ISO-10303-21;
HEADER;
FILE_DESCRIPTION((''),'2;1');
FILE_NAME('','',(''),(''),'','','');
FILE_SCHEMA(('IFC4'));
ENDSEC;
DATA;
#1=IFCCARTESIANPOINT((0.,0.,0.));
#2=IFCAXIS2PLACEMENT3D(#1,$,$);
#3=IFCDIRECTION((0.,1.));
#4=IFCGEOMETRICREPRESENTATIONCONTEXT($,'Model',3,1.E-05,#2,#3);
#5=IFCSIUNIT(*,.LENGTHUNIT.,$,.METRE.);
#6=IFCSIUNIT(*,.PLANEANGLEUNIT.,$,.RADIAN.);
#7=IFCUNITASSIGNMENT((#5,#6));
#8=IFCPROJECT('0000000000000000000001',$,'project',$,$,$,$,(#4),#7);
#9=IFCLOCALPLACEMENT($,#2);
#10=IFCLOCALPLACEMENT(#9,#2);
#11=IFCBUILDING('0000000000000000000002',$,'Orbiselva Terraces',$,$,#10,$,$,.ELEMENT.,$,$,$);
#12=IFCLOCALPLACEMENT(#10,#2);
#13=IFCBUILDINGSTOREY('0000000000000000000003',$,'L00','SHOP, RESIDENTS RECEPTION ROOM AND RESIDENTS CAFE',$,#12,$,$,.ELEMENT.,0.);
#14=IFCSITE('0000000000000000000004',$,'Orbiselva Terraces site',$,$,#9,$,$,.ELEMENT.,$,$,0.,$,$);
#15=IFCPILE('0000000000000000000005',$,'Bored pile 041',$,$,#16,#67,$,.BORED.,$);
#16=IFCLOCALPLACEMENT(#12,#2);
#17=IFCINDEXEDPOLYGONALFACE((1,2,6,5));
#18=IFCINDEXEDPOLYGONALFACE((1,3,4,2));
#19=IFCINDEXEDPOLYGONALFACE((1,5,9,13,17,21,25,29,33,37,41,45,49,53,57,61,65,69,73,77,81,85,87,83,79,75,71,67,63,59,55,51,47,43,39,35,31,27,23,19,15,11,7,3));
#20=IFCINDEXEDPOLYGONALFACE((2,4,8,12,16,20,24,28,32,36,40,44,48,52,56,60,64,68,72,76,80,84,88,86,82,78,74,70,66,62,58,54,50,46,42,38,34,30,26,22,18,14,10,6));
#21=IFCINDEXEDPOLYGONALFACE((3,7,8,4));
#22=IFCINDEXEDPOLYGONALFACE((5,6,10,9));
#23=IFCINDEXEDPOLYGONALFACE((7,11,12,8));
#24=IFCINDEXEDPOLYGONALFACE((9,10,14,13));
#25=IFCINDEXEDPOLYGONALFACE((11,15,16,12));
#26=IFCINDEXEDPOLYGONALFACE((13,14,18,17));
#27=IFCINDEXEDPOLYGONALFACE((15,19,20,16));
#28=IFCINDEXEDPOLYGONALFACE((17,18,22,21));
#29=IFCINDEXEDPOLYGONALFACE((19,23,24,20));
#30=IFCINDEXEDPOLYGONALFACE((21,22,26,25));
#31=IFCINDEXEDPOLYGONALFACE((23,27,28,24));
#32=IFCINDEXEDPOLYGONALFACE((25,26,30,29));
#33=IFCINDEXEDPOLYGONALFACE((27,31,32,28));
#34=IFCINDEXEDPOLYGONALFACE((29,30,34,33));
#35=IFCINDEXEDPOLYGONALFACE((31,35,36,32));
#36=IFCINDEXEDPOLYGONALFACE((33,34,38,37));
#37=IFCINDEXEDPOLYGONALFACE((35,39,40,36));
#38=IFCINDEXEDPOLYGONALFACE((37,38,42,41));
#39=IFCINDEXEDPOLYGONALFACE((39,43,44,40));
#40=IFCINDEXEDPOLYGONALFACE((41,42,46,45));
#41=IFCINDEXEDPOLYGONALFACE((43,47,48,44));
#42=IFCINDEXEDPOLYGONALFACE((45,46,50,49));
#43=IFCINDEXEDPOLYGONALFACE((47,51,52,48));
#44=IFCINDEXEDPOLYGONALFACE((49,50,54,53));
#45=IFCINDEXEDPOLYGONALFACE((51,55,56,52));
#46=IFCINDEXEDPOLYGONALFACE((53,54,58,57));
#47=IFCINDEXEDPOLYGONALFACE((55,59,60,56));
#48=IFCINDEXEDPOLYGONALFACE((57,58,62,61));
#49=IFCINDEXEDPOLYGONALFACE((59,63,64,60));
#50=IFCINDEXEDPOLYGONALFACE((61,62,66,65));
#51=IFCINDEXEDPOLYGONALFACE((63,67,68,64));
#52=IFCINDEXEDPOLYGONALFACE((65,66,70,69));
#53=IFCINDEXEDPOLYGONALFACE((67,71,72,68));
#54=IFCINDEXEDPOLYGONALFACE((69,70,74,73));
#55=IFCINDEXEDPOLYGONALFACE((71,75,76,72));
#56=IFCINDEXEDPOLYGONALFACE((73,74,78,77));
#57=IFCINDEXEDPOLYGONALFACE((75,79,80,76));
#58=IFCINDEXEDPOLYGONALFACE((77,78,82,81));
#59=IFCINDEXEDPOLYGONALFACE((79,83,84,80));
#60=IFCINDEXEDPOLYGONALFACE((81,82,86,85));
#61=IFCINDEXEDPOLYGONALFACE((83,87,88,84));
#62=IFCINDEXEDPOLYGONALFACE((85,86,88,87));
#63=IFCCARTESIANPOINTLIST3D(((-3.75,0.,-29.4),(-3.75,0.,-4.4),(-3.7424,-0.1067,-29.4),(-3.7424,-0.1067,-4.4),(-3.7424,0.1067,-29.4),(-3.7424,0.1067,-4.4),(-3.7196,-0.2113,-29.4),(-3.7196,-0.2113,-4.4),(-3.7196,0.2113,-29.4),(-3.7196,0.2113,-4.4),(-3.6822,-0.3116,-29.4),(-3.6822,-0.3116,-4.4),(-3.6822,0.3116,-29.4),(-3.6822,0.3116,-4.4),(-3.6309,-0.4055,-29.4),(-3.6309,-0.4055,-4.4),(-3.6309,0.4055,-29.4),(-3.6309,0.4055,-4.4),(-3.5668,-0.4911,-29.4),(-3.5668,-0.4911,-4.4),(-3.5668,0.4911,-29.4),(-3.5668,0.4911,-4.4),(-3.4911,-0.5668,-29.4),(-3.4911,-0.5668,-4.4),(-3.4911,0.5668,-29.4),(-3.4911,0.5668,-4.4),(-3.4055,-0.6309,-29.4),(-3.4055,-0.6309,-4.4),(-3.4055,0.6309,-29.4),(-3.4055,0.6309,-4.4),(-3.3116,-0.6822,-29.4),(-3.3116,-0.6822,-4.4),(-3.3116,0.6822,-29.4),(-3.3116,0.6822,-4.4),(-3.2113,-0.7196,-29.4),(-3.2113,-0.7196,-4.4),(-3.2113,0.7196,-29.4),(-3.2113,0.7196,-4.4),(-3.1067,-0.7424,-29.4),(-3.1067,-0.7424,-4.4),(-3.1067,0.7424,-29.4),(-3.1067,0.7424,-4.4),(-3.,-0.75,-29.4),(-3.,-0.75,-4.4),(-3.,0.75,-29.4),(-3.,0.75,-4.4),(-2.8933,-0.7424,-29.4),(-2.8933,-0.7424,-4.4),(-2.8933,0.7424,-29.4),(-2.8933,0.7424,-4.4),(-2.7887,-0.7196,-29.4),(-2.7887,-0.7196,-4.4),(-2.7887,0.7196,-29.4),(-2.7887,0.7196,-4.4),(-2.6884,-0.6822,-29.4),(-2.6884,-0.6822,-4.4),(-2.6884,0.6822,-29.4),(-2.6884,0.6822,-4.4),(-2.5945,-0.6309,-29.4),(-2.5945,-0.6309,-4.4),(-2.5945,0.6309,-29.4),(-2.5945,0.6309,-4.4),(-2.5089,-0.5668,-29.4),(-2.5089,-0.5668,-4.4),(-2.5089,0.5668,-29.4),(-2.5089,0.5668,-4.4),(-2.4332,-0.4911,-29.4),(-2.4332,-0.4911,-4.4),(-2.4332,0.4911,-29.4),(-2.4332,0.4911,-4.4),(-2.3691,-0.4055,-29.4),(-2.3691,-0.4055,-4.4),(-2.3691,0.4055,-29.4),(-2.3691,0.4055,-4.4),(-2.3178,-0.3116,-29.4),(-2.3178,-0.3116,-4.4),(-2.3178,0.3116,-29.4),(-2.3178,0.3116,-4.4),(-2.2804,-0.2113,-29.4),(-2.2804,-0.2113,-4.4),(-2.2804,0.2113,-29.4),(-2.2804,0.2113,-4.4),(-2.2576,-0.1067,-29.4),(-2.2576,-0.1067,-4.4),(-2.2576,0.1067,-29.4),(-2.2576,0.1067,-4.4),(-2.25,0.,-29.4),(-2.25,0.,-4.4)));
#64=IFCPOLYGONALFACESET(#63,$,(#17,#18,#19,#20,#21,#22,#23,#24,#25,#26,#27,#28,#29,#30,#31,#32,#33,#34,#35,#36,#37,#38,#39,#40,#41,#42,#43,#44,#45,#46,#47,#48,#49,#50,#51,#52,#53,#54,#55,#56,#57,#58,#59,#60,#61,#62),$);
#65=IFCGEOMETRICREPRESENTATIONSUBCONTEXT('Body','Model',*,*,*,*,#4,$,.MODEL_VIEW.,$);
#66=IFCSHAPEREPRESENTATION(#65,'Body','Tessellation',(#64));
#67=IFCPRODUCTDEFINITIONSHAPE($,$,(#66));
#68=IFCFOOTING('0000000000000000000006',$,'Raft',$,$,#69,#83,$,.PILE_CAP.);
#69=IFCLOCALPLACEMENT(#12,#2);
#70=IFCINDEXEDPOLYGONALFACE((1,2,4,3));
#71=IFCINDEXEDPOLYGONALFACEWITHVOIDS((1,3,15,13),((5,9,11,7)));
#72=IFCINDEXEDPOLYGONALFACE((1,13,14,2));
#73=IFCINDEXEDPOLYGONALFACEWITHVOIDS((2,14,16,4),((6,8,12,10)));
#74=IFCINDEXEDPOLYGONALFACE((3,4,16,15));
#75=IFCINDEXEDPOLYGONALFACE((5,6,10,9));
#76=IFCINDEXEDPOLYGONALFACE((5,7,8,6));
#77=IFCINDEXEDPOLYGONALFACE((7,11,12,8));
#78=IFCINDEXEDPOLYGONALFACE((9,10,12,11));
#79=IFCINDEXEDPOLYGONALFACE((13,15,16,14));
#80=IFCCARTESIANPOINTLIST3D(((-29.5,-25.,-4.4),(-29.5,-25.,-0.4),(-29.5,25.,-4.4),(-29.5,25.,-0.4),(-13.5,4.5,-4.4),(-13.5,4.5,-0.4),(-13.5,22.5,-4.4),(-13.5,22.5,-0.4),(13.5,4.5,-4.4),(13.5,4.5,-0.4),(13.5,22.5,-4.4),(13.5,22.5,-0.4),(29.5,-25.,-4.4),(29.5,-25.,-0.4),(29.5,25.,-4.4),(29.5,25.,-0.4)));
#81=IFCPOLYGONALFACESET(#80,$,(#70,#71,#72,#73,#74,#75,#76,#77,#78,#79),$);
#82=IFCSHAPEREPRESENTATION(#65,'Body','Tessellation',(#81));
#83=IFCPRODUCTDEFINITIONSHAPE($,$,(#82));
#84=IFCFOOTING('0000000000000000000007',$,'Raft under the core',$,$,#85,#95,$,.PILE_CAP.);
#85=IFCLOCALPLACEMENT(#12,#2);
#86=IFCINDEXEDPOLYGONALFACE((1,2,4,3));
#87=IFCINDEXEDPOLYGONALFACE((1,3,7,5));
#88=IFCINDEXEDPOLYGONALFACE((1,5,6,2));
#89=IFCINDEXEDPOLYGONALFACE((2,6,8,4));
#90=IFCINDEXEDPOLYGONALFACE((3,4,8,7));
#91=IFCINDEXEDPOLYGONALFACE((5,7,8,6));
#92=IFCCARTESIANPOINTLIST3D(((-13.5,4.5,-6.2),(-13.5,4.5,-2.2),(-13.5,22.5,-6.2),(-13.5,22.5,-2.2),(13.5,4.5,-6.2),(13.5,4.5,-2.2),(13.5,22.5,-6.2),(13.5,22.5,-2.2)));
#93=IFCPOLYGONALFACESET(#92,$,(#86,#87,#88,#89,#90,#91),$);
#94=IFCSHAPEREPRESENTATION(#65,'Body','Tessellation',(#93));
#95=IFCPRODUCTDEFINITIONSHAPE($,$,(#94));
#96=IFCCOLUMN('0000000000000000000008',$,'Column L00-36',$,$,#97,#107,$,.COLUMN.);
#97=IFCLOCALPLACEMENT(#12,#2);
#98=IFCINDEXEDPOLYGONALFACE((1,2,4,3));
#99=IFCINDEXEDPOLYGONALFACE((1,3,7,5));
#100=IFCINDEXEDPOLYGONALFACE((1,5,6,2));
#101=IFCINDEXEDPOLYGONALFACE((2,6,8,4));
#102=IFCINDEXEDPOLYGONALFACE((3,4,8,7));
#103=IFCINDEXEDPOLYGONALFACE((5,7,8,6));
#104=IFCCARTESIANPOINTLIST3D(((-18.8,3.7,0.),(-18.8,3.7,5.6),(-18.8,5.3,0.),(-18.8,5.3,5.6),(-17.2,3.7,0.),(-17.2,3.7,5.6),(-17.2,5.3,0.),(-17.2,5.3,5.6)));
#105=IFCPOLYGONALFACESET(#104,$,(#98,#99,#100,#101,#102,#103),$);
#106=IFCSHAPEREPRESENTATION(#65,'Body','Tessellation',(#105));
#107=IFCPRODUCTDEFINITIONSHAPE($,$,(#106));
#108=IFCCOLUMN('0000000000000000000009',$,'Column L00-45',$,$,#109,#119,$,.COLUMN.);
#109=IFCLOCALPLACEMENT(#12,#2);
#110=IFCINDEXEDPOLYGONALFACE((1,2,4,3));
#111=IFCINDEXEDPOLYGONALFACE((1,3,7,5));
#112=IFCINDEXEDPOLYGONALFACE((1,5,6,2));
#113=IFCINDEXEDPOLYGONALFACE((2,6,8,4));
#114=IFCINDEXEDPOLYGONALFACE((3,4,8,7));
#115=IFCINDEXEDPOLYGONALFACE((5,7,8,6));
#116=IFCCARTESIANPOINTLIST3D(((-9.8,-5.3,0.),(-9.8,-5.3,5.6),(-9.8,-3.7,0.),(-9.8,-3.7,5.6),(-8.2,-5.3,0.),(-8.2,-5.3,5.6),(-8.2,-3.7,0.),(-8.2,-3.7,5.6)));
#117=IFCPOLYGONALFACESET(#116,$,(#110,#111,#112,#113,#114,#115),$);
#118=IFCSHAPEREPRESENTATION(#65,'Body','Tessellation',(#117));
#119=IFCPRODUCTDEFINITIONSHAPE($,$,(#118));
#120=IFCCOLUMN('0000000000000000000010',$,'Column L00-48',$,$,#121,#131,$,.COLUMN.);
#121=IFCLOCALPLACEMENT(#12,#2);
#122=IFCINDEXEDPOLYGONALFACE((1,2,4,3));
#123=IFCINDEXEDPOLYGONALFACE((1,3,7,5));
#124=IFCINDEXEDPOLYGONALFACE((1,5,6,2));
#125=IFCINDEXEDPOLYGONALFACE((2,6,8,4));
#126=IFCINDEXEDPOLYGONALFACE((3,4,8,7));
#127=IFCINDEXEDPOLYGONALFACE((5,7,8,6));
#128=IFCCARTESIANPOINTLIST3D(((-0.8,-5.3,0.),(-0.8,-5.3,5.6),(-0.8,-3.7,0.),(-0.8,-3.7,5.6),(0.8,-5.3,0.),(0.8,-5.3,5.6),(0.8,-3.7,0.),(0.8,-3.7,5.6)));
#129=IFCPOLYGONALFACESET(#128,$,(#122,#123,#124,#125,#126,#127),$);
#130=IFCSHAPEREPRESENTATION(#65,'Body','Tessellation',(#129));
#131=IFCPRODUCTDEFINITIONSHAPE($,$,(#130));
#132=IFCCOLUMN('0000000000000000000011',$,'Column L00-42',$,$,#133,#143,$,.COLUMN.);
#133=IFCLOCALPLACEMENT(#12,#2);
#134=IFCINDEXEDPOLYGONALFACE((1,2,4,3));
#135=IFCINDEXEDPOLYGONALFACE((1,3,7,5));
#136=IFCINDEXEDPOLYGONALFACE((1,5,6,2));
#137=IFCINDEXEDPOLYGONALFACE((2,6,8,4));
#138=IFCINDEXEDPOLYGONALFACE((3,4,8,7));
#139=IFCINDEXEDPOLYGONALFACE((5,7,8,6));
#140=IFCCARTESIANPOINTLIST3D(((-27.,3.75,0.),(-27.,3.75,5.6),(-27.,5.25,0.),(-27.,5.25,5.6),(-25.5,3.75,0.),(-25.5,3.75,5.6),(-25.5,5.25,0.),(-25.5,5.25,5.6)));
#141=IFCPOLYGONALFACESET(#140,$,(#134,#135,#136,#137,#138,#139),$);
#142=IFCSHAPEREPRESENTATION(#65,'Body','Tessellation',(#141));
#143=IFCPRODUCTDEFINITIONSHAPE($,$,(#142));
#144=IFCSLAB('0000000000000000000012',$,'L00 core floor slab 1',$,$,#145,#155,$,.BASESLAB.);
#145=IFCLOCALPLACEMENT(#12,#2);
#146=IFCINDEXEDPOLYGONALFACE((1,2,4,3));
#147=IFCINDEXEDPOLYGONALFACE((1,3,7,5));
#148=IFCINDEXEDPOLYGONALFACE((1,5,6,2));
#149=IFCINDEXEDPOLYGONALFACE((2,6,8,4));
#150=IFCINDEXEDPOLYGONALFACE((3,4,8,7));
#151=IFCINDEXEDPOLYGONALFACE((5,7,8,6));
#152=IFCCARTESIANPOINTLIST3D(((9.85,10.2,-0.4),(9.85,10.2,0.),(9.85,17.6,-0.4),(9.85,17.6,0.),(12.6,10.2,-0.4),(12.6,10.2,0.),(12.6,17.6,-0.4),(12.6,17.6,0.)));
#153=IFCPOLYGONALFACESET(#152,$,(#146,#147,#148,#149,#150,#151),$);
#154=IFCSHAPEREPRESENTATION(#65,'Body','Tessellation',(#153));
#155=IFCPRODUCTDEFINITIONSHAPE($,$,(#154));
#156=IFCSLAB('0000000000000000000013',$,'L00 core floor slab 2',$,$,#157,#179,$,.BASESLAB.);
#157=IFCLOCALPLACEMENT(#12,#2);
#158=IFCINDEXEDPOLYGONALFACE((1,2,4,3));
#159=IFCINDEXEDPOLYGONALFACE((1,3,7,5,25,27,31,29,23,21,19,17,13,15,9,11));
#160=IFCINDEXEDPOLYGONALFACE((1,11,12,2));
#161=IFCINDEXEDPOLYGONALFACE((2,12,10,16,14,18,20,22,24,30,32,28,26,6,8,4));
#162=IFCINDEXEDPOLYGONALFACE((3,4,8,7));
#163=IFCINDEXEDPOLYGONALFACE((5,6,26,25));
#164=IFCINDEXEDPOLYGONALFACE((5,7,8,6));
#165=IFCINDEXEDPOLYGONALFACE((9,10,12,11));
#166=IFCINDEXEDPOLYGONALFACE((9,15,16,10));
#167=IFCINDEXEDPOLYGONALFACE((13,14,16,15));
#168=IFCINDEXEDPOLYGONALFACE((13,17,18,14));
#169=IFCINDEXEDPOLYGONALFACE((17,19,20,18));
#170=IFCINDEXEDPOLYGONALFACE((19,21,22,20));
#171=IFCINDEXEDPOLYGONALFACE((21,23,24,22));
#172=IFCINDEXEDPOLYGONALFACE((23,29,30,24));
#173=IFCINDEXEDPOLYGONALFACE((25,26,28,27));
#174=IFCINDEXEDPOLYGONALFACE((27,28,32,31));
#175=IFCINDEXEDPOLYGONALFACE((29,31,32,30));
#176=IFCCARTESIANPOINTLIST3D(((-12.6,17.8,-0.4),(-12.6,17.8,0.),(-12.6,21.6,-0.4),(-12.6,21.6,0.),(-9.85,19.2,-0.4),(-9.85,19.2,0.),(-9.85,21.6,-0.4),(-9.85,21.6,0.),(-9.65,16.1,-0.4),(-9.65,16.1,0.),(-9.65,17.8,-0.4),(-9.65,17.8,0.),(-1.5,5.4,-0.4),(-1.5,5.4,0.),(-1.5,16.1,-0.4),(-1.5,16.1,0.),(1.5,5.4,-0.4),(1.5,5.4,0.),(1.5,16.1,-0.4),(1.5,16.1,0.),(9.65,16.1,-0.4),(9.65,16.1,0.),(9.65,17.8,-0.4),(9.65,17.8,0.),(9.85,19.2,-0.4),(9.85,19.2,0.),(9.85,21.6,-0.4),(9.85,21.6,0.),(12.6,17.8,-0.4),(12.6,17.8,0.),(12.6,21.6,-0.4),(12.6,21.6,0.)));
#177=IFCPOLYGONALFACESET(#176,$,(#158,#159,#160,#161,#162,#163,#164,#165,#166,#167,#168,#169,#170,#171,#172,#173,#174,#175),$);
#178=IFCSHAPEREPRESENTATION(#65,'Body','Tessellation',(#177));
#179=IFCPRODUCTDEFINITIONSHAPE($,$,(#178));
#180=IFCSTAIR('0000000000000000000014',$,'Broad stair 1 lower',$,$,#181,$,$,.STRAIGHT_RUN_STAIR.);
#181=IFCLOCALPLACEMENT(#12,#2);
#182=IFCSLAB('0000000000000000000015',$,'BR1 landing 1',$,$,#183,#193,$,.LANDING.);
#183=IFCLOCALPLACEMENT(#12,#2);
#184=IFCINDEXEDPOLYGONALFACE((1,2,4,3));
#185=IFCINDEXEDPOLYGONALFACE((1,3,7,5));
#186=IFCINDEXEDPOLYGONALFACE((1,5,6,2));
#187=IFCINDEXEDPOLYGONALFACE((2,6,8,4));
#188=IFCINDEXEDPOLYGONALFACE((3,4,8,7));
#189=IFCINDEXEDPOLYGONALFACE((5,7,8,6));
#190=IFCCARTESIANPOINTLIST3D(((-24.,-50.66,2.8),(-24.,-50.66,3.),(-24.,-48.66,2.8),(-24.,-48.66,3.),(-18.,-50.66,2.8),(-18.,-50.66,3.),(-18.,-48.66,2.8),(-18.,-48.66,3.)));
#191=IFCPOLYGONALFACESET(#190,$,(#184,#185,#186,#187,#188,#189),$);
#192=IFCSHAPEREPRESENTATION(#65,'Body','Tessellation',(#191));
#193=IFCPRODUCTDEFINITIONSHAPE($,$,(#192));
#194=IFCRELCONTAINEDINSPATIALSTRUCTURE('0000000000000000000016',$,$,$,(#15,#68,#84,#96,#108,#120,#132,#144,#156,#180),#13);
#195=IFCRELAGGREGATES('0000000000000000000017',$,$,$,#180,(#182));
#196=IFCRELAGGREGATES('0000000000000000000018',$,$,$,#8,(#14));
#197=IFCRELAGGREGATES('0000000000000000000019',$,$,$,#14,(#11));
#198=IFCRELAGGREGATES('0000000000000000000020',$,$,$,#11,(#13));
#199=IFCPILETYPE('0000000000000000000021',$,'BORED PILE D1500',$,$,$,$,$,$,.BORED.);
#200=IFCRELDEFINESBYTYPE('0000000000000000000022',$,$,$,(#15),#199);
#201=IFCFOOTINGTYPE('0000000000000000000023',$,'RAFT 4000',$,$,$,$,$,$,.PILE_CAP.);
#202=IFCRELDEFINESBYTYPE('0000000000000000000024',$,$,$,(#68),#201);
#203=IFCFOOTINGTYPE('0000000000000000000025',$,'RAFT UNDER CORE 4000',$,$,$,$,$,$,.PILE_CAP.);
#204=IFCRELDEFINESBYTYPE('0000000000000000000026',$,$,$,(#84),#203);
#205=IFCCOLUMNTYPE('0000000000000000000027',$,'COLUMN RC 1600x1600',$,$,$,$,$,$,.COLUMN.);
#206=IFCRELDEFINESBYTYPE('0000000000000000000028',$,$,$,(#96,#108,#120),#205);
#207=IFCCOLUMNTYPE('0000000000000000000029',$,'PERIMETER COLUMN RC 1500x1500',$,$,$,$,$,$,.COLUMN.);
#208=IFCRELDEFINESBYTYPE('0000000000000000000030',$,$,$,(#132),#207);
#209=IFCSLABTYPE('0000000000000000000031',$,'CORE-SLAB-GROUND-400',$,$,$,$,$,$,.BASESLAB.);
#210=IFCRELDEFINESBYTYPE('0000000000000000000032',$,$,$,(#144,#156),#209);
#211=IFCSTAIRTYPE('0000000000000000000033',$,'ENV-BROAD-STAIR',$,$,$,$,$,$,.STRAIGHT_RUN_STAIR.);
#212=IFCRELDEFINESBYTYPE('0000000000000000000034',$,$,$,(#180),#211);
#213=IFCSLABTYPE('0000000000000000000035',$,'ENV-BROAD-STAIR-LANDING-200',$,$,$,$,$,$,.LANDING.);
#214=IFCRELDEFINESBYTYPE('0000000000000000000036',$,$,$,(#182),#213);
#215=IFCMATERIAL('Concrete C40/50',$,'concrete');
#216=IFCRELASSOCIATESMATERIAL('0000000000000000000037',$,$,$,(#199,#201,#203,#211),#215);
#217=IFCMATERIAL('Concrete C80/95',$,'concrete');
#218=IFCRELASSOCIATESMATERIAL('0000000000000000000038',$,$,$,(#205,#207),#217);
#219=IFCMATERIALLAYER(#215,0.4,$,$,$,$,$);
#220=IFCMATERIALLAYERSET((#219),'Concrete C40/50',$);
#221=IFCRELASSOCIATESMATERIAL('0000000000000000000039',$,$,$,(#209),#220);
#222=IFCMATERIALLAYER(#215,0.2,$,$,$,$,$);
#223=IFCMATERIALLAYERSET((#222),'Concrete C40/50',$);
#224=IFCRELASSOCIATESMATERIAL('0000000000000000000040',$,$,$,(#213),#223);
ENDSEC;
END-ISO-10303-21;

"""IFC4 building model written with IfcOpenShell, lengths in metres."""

from ifc_helpers import new_model, si_unit, direction, frame, origin, origin_2d, place, context, subcontext, project, spatial, polyline, rectangle, circle, outline, extrude, material, layer, layer_set, material_profile, profile_set, type_object, element, aggregate, save


model = new_model("IFC4")

# Units and contexts
model_context = context("Model", 3, precision=1e-05, world=origin(), true_north=direction((0.0, 1.0)))
body_context = subcontext(model_context, "Body", "Model", "MODEL_VIEW")
ifc_project = project(units=[si_unit("LENGTHUNIT", "METRE"), si_unit("PLANEANGLEUNIT", "RADIAN")], contexts=[model_context])

# Site, building, storey
site_placement = place(None, origin())
site = spatial("IfcSite", under=ifc_project, at=site_placement, Name="Orbiselva Terraces site", CompositionType="ELEMENT", RefElevation=0.0)
building_placement = place(site_placement, origin())
building = spatial("IfcBuilding", under=site, at=building_placement, Name="Orbiselva Terraces", CompositionType="ELEMENT")
storey_placement = place(building_placement, origin())
storey = spatial("IfcBuildingStorey", under=building, at=storey_placement, Name="L00", Description="SHOP, RESIDENTS RECEPTION ROOM AND RESIDENTS CAFE", CompositionType="ELEMENT", Elevation=0.0)

# Pile
ifc_material_1 = material(Name="Concrete C40/50", Category="concrete")
ifc_material_profile_1 = material_profile(ifc_material_1, circle(Radius=0.75, at=origin_2d()), Name="D1500")
ifc_profile_set_1 = profile_set([ifc_material_profile_1], Name="Concrete C40/50")
pile_type = type_object("IfcPileType", Name="BORED PILE D1500", PredefinedType="BORED", material=ifc_profile_set_1)
for number, where, z_axis, x_axis, name in (
    (1, (-3.0, 0.0, -4.4), (0.0, 0.0, -1.0), (1.0, 0.0, 0.0), "Bored pile 041"),
):
    element("IfcPile", number, at=place(storey_placement, frame(where, z_axis=z_axis, x_axis=x_axis)), inside=storey, type_object=pile_type, Name=name, PredefinedType="BORED", context=body_context, shape_type="SweptSolid", body=[
        extrude(circle(Radius=0.75, at=origin_2d()), origin(), (0.0, 0.0, 1.0), 25.0),
    ])

# Footings
footing_type_1 = type_object("IfcFootingType", Name="RAFT 4000", PredefinedType="PILE_CAP", material=ifc_material_1)
footing_1_placement = place(storey_placement, frame((0.0, 0.0, -4.4)))
element("IfcFooting", 2, at=footing_1_placement, inside=storey, type_object=footing_type_1, Name="Raft", PredefinedType="PILE_CAP", context=body_context, shape_type="SweptSolid", body=[
    extrude(outline(polyline([(-29.5, -25.0), (29.5, -25.0), (29.5, 25.0), (-29.5, 25.0), (-29.5, -25.0)]), holes=[polyline([(-13.5, 4.5), (13.5, 4.5), (13.5, 22.5), (-13.5, 22.5), (-13.5, 4.5)])]), origin(), (0.0, 0.0, 1.0), 4.0),
])
footing_type_2 = type_object("IfcFootingType", Name="RAFT UNDER CORE 4000", PredefinedType="PILE_CAP", material=ifc_material_1)
footing_2_placement = place(storey_placement, frame((0.0, 0.0, -6.2)))
element("IfcFooting", 3, at=footing_2_placement, inside=storey, type_object=footing_type_2, Name="Raft under the core", PredefinedType="PILE_CAP", context=body_context, shape_type="SweptSolid", body=[
    extrude(outline(polyline([(-13.5, 4.5), (13.5, 4.5), (13.5, 22.5), (-13.5, 22.5), (-13.5, 4.5)])), origin(), (0.0, 0.0, 1.0), 4.0),
])

# Columns
ifc_material_2 = material(Name="Concrete C80/95", Category="concrete")
ifc_material_profile_2 = material_profile(ifc_material_2, rectangle(XDim=1.6, YDim=1.6, at=origin_2d()), Name="RC 1600x1600")
ifc_profile_set_2 = profile_set([ifc_material_profile_2], Name="Concrete C80/95")
column_type_1 = type_object("IfcColumnType", Name="COLUMN RC 1600x1600", PredefinedType="COLUMN", material=ifc_profile_set_2)
for number, where, z_axis, x_axis, name in (
    (4, (-18.0, 4.5, 0.0), (0.0, 0.0, 1.0), (1.0, 0.0, 0.0), "Column L00-36"),
    (5, (-9.0, -4.5, 0.0), (0.0, 0.0, 1.0), (1.0, 0.0, 0.0), "Column L00-45"),
    (6, (0.0, -4.5, 0.0), (0.0, 0.0, 1.0), (1.0, 0.0, 0.0), "Column L00-48"),
):
    element("IfcColumn", number, at=place(storey_placement, frame(where, z_axis=z_axis, x_axis=x_axis)), inside=storey, type_object=column_type_1, Name=name, PredefinedType="COLUMN", context=body_context, shape_type="SweptSolid", body=[
        extrude(rectangle(XDim=1.6, YDim=1.6, at=origin_2d()), origin(), (0.0, 0.0, 1.0), 5.6),
    ])
ifc_material_profile_3 = material_profile(ifc_material_2, rectangle(XDim=1.5, YDim=1.5, at=origin_2d()), Name="RC 1500x1500")
ifc_profile_set_3 = profile_set([ifc_material_profile_3], Name="Concrete C80/95")
column_type_2 = type_object("IfcColumnType", Name="PERIMETER COLUMN RC 1500x1500", PredefinedType="COLUMN", material=ifc_profile_set_3)
column_placement = place(storey_placement, frame((-26.25, 4.5, 0.0), z_axis=(0.0, 0.0, 1.0), x_axis=(1.0, 0.0, 0.0)))
element("IfcColumn", 7, at=column_placement, inside=storey, type_object=column_type_2, Name="Column L00-42", PredefinedType="COLUMN", context=body_context, shape_type="SweptSolid", body=[
    extrude(rectangle(XDim=1.5, YDim=1.5, at=origin_2d()), origin(), (0.0, 0.0, 1.0), 5.6),
])

# Slabs
ifc_layer_1 = layer(ifc_material_1, 0.4)
ifc_layer_set_1 = layer_set([ifc_layer_1], Name="Concrete C40/50")
slab_type_1 = type_object("IfcSlabType", Name="CORE-SLAB-GROUND-400", PredefinedType="BASESLAB", material=ifc_layer_set_1)
slab_1_placement = place(storey_placement, frame((0.0, 0.0, -0.4)))
element("IfcSlab", 8, at=slab_1_placement, inside=storey, type_object=slab_type_1, Name="L00 core floor slab 1", PredefinedType="BASESLAB", context=body_context, shape_type="SweptSolid", body=[
    extrude(outline(polyline([(12.6, 10.2), (9.85, 10.2), (9.85, 17.6), (12.6, 17.6), (12.6, 10.2)])), origin(), (0.0, 0.0, 1.0), 0.4),
])
slab_2_placement = place(storey_placement, frame((0.0, 0.0, -0.4)))
element("IfcSlab", 9, at=slab_2_placement, inside=storey, type_object=slab_type_1, Name="L00 core floor slab 2", PredefinedType="BASESLAB", context=body_context, shape_type="SweptSolid", body=[
    extrude(outline(polyline([(12.6, 21.6), (12.6, 17.8), (9.65, 17.8), (9.65, 16.1), (1.5, 16.1), (1.5, 5.4), (-1.5, 5.4), (-1.5, 16.1), (-9.65, 16.1), (-9.65, 17.8), (-12.6, 17.8), (-12.6, 21.6), (-9.85, 21.6), (-9.85, 19.2), (9.85, 19.2), (9.85, 21.6), (12.6, 21.6)])), origin(), (0.0, 0.0, 1.0), 0.4),
])

# Stair, slab
stair_type = type_object("IfcStairType", Name="ENV-BROAD-STAIR", PredefinedType="STRAIGHT_RUN_STAIR", material=ifc_material_1)
stair_1_placement = place(storey_placement, origin())
stair_1 = element("IfcStair", 10, at=stair_1_placement, inside=storey, type_object=stair_type, Name="Broad stair 1 lower", PredefinedType="STRAIGHT_RUN_STAIR")
ifc_layer_2 = layer(ifc_material_1, 0.2)
ifc_layer_set_2 = layer_set([ifc_layer_2], Name="Concrete C40/50")
slab_type_2 = type_object("IfcSlabType", Name="ENV-BROAD-STAIR-LANDING-200", PredefinedType="LANDING", material=ifc_layer_set_2)
slab_3_placement = place(storey_placement, frame((0.0, 0.0, 2.8)))
slab_3 = element("IfcSlab", 11, at=slab_3_placement, type_object=slab_type_2, Name="BR1 landing 1", PredefinedType="LANDING", context=body_context, shape_type="SweptSolid", body=[
    extrude(outline(polyline([(-24.0, -50.66), (-18.0, -50.66), (-18.0, -48.66), (-24.0, -48.66), (-24.0, -50.66)])), origin(), (0.0, 0.0, 1.0), 0.2),
])
aggregate(stair_1, [slab_3])

save(model, "model.ifc")
